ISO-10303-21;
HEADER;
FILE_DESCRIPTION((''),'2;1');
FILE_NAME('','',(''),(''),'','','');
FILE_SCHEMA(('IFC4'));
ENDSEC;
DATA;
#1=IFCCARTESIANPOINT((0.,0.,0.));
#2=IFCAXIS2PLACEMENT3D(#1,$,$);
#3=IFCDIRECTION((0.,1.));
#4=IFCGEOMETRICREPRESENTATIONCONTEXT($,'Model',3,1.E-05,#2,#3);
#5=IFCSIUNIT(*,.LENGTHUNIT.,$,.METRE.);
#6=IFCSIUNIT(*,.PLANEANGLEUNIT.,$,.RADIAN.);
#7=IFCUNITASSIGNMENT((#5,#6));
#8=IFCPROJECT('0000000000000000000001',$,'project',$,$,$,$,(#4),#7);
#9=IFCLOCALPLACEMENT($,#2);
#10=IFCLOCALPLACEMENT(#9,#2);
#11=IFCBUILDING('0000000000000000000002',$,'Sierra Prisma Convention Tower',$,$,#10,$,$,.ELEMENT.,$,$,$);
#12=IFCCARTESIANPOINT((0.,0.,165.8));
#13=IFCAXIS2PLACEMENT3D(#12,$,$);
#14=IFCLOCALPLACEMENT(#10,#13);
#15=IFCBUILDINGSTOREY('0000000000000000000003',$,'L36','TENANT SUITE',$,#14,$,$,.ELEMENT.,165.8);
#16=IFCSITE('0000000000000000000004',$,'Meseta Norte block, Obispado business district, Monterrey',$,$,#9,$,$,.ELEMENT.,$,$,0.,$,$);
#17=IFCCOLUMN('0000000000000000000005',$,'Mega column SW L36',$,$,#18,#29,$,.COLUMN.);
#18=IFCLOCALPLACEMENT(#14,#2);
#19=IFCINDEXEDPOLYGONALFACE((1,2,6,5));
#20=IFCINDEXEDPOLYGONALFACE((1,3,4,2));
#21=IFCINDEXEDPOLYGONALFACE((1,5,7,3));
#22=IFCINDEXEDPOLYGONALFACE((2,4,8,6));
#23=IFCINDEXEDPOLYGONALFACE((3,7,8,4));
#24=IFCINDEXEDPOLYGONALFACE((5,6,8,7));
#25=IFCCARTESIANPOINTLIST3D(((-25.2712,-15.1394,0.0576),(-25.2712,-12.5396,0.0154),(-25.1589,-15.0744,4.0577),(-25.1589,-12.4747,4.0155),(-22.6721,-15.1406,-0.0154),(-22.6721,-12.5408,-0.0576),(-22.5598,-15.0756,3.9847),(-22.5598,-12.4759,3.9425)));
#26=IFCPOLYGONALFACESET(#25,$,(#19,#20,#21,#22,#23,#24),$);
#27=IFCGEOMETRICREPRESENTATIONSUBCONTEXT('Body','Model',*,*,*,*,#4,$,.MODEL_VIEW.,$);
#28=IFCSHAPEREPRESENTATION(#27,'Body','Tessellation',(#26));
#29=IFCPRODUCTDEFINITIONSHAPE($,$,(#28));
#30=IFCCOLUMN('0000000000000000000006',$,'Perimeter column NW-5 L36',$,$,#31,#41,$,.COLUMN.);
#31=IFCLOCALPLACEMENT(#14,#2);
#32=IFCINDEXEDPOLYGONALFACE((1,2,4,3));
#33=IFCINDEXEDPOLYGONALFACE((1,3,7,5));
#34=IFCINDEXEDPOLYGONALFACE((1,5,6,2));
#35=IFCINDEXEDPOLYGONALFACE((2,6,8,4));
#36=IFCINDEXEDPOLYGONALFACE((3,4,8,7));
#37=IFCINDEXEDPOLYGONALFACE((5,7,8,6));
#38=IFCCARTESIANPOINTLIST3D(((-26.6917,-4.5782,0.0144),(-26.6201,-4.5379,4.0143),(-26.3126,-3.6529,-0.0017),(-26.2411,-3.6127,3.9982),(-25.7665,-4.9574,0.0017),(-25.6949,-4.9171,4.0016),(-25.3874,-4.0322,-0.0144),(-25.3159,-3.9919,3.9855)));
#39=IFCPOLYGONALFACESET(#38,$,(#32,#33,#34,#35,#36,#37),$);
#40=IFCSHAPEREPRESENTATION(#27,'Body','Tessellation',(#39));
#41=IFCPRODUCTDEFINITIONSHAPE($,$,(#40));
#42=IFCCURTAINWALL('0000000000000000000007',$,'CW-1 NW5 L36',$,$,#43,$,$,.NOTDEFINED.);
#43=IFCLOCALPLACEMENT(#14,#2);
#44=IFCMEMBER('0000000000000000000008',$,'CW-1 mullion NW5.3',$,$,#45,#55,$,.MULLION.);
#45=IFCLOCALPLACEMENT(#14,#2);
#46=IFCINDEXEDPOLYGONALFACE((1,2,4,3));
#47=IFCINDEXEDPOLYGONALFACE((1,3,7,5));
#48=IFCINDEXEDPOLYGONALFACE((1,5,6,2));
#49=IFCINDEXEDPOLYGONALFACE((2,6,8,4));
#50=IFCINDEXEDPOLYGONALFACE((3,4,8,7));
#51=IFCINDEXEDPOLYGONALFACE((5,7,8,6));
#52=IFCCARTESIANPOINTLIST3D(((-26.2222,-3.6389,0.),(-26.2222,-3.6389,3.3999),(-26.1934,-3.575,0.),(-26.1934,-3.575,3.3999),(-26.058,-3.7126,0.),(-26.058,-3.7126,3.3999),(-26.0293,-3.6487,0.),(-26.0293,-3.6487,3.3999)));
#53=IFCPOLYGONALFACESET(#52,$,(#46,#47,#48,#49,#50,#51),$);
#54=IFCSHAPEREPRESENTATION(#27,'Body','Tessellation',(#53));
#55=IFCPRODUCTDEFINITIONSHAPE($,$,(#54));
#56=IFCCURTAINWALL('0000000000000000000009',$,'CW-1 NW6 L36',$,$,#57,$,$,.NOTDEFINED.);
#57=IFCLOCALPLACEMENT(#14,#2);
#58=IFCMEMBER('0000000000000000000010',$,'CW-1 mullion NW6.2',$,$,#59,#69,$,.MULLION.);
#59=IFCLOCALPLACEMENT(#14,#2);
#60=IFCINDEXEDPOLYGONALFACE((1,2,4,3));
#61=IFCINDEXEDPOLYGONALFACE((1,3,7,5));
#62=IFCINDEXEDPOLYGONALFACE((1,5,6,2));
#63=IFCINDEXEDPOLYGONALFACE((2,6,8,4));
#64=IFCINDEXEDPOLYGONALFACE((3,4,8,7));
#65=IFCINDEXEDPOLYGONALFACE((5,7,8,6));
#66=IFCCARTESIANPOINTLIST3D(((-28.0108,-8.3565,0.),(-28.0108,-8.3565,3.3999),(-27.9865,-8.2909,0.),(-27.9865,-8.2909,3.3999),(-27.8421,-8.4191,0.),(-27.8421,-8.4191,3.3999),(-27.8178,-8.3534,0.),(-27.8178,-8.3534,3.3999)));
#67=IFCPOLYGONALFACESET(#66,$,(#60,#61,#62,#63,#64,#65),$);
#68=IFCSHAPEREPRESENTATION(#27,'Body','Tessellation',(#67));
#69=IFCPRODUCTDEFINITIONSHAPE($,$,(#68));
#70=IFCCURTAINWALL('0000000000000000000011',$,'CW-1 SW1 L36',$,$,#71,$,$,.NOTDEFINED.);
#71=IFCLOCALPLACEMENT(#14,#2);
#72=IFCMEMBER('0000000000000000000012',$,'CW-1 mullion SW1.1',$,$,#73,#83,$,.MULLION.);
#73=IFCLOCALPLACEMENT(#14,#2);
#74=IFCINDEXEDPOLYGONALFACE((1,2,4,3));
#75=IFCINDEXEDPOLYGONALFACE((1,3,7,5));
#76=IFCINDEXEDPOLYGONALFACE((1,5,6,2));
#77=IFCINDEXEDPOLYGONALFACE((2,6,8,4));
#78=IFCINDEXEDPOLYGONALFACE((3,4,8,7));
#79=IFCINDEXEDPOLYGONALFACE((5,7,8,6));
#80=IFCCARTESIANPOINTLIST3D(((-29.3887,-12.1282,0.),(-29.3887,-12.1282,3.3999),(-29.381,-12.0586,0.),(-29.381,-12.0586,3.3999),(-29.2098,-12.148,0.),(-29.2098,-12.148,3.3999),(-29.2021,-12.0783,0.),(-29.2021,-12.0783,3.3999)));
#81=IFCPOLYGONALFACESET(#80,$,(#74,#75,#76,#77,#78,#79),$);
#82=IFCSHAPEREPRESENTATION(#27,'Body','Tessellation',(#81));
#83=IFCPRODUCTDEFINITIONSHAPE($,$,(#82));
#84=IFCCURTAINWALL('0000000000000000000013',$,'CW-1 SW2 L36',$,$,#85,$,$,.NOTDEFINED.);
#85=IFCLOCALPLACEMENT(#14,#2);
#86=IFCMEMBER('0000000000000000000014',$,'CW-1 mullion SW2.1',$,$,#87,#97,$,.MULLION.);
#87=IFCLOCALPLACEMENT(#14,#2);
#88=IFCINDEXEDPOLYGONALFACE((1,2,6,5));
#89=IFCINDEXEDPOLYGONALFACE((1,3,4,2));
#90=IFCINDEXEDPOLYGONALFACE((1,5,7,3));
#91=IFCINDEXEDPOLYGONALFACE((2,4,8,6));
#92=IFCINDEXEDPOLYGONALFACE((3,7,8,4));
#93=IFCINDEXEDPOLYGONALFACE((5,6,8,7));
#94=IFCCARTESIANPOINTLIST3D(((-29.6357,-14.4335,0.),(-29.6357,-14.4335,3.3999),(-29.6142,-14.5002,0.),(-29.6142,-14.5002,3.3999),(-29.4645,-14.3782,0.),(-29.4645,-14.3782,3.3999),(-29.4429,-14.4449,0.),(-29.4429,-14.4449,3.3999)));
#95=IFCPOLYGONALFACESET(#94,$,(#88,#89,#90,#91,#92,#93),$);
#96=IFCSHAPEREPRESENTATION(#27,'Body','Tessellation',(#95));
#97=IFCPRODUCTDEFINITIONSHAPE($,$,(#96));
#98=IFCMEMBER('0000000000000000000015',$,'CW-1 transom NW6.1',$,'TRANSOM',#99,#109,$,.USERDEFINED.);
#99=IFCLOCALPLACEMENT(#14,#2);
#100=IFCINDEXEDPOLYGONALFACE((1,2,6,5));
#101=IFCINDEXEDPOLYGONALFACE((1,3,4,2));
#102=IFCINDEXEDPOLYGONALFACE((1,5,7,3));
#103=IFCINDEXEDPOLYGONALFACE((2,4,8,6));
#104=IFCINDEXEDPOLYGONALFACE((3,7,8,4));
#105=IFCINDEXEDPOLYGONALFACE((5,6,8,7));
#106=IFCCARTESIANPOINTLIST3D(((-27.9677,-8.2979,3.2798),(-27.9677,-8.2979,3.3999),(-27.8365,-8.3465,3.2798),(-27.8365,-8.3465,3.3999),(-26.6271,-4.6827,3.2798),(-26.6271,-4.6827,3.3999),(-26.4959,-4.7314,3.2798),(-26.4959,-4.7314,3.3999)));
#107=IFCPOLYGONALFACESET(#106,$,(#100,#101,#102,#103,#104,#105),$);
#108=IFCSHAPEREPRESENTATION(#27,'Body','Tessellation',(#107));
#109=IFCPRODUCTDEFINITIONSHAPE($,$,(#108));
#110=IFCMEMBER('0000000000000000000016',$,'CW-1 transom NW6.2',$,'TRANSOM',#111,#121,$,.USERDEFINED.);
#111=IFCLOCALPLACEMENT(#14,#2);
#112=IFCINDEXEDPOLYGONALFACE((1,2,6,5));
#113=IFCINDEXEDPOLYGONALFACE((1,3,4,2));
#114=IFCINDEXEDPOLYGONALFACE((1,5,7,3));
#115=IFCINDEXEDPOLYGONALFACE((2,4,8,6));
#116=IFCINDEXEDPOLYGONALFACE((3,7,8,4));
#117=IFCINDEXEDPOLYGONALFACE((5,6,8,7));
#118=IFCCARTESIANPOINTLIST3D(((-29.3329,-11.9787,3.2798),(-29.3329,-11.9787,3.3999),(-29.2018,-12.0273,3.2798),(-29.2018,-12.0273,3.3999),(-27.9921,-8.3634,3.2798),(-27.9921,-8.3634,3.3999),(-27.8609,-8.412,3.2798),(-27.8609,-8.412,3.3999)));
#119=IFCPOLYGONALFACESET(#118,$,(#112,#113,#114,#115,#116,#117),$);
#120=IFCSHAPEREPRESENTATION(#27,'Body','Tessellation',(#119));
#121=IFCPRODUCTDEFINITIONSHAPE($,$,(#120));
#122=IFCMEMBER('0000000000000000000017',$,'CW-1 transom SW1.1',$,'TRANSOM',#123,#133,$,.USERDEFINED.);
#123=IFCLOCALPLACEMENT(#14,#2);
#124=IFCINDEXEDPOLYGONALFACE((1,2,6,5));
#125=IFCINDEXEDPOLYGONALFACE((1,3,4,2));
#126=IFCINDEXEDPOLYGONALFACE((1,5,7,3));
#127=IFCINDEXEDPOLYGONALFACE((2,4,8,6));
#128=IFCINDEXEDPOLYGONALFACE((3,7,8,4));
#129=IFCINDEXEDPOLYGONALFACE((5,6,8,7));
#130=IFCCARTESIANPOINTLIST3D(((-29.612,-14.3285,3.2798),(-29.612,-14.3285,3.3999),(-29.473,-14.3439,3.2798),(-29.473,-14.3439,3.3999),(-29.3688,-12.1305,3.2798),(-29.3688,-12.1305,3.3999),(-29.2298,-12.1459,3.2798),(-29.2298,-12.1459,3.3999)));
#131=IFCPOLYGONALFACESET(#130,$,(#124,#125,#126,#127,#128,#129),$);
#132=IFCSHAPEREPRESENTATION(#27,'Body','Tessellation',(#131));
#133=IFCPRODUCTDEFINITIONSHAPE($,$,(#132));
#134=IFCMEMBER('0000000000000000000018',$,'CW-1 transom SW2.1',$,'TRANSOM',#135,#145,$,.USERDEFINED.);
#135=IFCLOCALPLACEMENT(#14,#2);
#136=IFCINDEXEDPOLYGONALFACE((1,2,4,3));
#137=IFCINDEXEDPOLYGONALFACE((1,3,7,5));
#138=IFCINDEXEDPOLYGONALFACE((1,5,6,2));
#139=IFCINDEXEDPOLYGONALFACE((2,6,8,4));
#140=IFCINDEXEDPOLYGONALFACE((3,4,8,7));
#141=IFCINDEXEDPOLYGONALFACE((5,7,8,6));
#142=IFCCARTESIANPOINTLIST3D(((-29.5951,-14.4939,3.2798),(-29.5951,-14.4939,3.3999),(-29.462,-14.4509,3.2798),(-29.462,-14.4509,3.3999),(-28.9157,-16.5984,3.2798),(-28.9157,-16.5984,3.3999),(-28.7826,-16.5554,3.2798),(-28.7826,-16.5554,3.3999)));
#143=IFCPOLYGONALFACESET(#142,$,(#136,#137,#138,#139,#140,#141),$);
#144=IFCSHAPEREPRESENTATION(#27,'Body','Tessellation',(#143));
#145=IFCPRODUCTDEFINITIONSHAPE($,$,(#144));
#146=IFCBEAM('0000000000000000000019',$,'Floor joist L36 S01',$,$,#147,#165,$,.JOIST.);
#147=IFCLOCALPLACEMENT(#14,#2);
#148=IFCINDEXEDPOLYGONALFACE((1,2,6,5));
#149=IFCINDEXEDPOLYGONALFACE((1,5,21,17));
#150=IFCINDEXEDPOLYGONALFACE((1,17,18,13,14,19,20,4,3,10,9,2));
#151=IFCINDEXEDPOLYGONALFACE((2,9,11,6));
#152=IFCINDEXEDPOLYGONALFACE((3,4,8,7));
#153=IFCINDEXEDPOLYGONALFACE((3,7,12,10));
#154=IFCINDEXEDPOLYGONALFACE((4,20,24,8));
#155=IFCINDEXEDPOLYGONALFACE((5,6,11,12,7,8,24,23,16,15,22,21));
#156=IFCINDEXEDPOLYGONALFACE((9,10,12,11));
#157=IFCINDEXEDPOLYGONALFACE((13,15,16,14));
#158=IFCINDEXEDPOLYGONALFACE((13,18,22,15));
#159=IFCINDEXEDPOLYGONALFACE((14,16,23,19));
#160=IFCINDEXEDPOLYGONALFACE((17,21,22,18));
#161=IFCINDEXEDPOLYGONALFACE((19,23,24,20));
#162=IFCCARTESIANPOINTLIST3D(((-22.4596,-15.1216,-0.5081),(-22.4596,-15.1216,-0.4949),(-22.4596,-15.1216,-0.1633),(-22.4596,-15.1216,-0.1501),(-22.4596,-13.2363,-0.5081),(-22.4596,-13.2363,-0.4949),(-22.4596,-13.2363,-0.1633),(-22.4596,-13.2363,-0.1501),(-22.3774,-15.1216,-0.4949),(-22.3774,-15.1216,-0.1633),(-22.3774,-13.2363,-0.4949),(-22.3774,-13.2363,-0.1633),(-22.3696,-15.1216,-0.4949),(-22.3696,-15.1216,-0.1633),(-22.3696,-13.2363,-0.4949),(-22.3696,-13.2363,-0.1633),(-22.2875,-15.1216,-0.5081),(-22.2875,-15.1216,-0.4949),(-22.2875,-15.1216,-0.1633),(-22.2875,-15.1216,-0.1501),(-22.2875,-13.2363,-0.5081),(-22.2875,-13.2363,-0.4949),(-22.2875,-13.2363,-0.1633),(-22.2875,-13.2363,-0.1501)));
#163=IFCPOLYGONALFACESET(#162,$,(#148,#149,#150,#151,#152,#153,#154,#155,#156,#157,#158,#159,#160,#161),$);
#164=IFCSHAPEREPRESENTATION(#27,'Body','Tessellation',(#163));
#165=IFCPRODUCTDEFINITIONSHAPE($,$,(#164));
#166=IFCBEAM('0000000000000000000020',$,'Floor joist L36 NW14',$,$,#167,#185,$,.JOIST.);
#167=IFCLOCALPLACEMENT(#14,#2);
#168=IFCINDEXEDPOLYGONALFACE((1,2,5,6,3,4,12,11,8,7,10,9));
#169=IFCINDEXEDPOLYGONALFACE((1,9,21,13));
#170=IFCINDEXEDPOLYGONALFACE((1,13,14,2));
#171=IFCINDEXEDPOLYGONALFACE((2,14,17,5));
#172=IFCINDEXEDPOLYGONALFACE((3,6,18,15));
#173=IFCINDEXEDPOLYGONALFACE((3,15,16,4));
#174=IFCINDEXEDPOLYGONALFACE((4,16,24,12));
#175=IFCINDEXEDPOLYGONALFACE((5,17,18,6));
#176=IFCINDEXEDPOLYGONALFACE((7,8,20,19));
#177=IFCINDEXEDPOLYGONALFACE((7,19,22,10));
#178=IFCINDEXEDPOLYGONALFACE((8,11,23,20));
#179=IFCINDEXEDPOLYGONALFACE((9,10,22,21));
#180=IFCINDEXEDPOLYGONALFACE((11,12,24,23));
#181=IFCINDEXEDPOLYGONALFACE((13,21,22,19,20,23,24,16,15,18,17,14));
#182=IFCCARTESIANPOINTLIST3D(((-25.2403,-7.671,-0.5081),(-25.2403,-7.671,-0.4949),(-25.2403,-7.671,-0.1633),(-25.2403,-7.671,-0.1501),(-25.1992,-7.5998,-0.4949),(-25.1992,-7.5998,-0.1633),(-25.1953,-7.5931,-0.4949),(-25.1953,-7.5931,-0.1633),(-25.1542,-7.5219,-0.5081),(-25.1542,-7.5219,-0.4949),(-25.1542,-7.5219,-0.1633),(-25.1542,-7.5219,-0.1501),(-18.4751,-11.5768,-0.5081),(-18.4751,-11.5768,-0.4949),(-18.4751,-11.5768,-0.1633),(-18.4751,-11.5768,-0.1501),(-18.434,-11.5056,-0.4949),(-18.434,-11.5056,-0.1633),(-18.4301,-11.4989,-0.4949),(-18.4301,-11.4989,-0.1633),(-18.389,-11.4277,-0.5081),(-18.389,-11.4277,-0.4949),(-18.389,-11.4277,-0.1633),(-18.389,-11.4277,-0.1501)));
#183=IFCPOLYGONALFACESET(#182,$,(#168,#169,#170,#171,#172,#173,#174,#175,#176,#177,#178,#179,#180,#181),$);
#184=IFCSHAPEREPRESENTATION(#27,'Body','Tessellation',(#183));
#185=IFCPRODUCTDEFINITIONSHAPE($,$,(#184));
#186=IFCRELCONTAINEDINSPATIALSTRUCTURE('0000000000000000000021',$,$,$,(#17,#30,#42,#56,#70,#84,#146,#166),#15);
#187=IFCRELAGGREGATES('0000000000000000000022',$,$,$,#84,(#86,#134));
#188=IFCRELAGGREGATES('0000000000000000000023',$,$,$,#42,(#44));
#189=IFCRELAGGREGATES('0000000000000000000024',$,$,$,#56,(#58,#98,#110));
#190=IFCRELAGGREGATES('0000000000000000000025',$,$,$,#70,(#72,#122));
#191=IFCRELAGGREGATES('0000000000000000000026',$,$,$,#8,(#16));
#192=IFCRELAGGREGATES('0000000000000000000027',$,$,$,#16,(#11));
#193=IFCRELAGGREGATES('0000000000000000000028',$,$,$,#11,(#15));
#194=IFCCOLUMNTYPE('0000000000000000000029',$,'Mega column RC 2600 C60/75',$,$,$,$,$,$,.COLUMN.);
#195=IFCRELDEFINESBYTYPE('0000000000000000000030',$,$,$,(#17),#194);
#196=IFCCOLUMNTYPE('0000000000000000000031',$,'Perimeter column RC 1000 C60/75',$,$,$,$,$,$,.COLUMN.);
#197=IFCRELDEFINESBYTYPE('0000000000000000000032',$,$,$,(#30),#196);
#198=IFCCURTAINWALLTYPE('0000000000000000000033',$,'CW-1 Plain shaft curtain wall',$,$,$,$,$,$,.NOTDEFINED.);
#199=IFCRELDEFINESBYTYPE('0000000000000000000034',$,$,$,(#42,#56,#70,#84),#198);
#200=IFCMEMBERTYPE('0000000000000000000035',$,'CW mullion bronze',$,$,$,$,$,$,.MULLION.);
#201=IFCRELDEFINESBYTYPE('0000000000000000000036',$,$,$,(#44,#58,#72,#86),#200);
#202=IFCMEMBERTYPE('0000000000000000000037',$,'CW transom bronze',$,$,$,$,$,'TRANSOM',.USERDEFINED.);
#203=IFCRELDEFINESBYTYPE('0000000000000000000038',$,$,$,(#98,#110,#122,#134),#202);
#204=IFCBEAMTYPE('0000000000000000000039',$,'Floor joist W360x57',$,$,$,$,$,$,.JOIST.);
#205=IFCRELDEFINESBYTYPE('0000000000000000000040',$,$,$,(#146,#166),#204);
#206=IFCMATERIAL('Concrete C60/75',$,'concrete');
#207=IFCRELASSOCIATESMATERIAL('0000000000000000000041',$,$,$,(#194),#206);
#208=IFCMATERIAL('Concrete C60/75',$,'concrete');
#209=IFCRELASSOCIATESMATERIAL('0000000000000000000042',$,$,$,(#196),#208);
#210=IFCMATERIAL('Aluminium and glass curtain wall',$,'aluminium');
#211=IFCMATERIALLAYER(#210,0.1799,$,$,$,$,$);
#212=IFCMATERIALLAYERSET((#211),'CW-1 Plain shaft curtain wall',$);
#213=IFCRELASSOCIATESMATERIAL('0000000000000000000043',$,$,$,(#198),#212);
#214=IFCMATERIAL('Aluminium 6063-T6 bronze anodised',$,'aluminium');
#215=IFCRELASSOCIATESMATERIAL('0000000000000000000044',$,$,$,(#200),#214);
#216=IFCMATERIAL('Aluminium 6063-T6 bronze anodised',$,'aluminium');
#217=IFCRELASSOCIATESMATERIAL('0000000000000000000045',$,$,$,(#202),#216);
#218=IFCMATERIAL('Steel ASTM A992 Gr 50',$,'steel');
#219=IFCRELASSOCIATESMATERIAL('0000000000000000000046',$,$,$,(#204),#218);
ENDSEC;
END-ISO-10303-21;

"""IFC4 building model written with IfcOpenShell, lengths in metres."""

from ifc_helpers import new_model, si_unit, direction, frame, origin, origin_2d, place, context, subcontext, project, spatial, rectangle, i_section, extrude, material, layer, layer_set, material_profile, profile_set, type_object, element, aggregate, save


model = new_model("IFC4")

# Units and contexts
model_context = context("Model", 3, precision=1e-05, world=origin(), true_north=direction((0.0, 1.0)))
body_context = subcontext(model_context, "Body", "Model", "MODEL_VIEW")
ifc_project = project(units=[si_unit("LENGTHUNIT", "METRE"), si_unit("PLANEANGLEUNIT", "RADIAN")], contexts=[model_context])

# Site, building, storey
site_placement = place(None, origin())
site = spatial("IfcSite", under=ifc_project, at=site_placement, Name="Meseta Norte block, Obispado business district, Monterrey", CompositionType="ELEMENT", RefElevation=0.0)
building_placement = place(site_placement, origin())
building = spatial("IfcBuilding", under=site, at=building_placement, Name="Sierra Prisma Convention Tower", CompositionType="ELEMENT")
storey_placement = place(building_placement, frame((0.0, 0.0, 165.8)))
storey = spatial("IfcBuildingStorey", under=building, at=storey_placement, Name="L36", Description="TENANT SUITE", CompositionType="ELEMENT", Elevation=165.8)

# Columns
ifc_material_1 = material(Name="Concrete C60/75", Category="concrete")
ifc_material_profile_1 = material_profile(ifc_material_1, rectangle(XDim=2.6001, YDim=2.6001, at=origin_2d()), Name="Mega column RC 2600 C60/75")
ifc_profile_set_1 = profile_set([ifc_material_profile_1], Name="Concrete C60/75")
column_type_1 = type_object("IfcColumnType", Name="Mega column RC 2600 C60/75", PredefinedType="COLUMN", material=ifc_profile_set_1)
column_1_placement = place(storey_placement, frame((-23.9717, -13.8401, 0.0), z_axis=(0.028061, 0.016227, 0.999474), x_axis=(0.999606, -0.000456, -0.028058)))
element("IfcColumn", 1, at=column_1_placement, inside=storey, type_object=column_type_1, Name="Mega column SW L36", PredefinedType="COLUMN", context=body_context, shape_type="SweptSolid", body=[
    extrude(rectangle(XDim=2.6001, YDim=2.6001, at=origin_2d()), origin(), (0.0, 0.0, 1.0), 4.0022),
])
ifc_material_2 = material(Name="Concrete C60/75", Category="concrete")
ifc_material_profile_2 = material_profile(ifc_material_2, rectangle(XDim=1.0, YDim=1.0, at=origin_2d()), Name="Perimeter column RC 1000 C60/75")
ifc_profile_set_2 = profile_set([ifc_material_profile_2], Name="Concrete C60/75")
column_type_2 = type_object("IfcColumnType", Name="Perimeter column RC 1000 C60/75", PredefinedType="COLUMN", material=ifc_profile_set_2)
column_2_placement = place(storey_placement, frame((-26.0396, -4.3052, 0.0), z_axis=(0.01788, 0.010069, 0.999789), x_axis=(0.379037, 0.925241, -0.016096)))
element("IfcColumn", 2, at=column_2_placement, inside=storey, type_object=column_type_2, Name="Perimeter column NW-5 L36", PredefinedType="COLUMN", context=body_context, shape_type="SweptSolid", body=[
    extrude(rectangle(XDim=1.0, YDim=1.0, at=origin_2d()), origin(), (0.0, 0.0, 1.0), 4.0007),
])

# Curtain walls, members
ifc_material_3 = material(Name="Aluminium and glass curtain wall", Category="aluminium")
ifc_layer_1 = layer(ifc_material_3, 0.1799)
ifc_layer_set_1 = layer_set([ifc_layer_1], Name="CW-1 Plain shaft curtain wall")
curtain_wall_type = type_object("IfcCurtainWallType", Name="CW-1 Plain shaft curtain wall", PredefinedType="NOTDEFINED", material=ifc_layer_set_1)
curtain_wall_1_placement = place(storey_placement, origin())
curtain_wall_1 = element("IfcCurtainWall", 3, at=curtain_wall_1_placement, inside=storey, type_object=curtain_wall_type, Name="CW-1 NW5 L36", PredefinedType="NOTDEFINED")
ifc_material_4 = material(Name="Aluminium 6063-T6 bronze anodised", Category="aluminium")
ifc_material_profile_3 = material_profile(ifc_material_4, rectangle(XDim=0.1799, YDim=0.0701, at=origin_2d()), Name="ALU MULLION 70x180")
ifc_profile_set_3 = profile_set([ifc_material_profile_3], Name="Aluminium 6063-T6 bronze anodised")
member_type_1 = type_object("IfcMemberType", Name="CW mullion bronze", PredefinedType="MULLION", material=ifc_profile_set_3)
member_1_placement = place(storey_placement, frame((-26.1257, -3.6438, 0.0), z_axis=(0.0, 0.0, 1.0), x_axis=(0.91206, -0.410056, 0.0)))
member_1 = element("IfcMember", 4, at=member_1_placement, type_object=member_type_1, Name="CW-1 mullion NW5.3", PredefinedType="MULLION", context=body_context, shape_type="SweptSolid", body=[
    extrude(rectangle(XDim=0.1799, YDim=0.0701, at=origin_2d()), origin(), (0.0, 0.0, 1.0), 3.3999),
])
curtain_wall_2_placement = place(storey_placement, origin())
curtain_wall_2 = element("IfcCurtainWall", 5, at=curtain_wall_2_placement, inside=storey, type_object=curtain_wall_type, Name="CW-1 NW6 L36", PredefinedType="NOTDEFINED")
member_2_placement = place(storey_placement, frame((-27.9143, -8.355, 0.0), z_axis=(0.0, 0.0, 1.0), x_axis=(0.937603, -0.347709, 0.0)))
member_2 = element("IfcMember", 6, at=member_2_placement, type_object=member_type_1, Name="CW-1 mullion NW6.2", PredefinedType="MULLION", context=body_context, shape_type="SweptSolid", body=[
    extrude(rectangle(XDim=0.1799, YDim=0.0701, at=origin_2d()), origin(), (0.0, 0.0, 1.0), 3.3999),
])
curtain_wall_3_placement = place(storey_placement, origin())
curtain_wall_3 = element("IfcCurtainWall", 7, at=curtain_wall_3_placement, inside=storey, type_object=curtain_wall_type, Name="CW-1 SW1 L36", PredefinedType="NOTDEFINED")
member_3_placement = place(storey_placement, frame((-29.2954, -12.1033, 0.0), z_axis=(0.0, 0.0, 1.0), x_axis=(0.993937, -0.109951, 0.0)))
member_3 = element("IfcMember", 8, at=member_3_placement, type_object=member_type_1, Name="CW-1 mullion SW1.1", PredefinedType="MULLION", context=body_context, shape_type="SweptSolid", body=[
    extrude(rectangle(XDim=0.1799, YDim=0.0701, at=origin_2d()), origin(), (0.0, 0.0, 1.0), 3.3999),
])
curtain_wall_4_placement = place(storey_placement, origin())
curtain_wall_4 = element("IfcCurtainWall", 9, at=curtain_wall_4_placement, inside=storey, type_object=curtain_wall_type, Name="CW-1 SW2 L36", PredefinedType="NOTDEFINED")
member_4_placement = place(storey_placement, frame((-29.5393, -14.4392, 0.0), z_axis=(0.0, 0.0, 1.0), x_axis=(0.951617, 0.307287, 0.0)))
member_4 = element("IfcMember", 10, at=member_4_placement, type_object=member_type_1, Name="CW-1 mullion SW2.1", PredefinedType="MULLION", context=body_context, shape_type="SweptSolid", body=[
    extrude(rectangle(XDim=0.1799, YDim=0.0701, at=origin_2d()), origin(), (0.0, 0.0, 1.0), 3.3999),
])

# Members
ifc_material_5 = material(Name="Aluminium 6063-T6 bronze anodised", Category="aluminium")
ifc_material_profile_4 = material_profile(ifc_material_5, rectangle(XDim=0.1399, YDim=0.1201, at=origin_2d()), Name="ALU TRANSOM 120x140")
ifc_profile_set_4 = profile_set([ifc_material_profile_4], Name="Aluminium 6063-T6 bronze anodised")
member_type_2 = type_object("IfcMemberType", Name="CW transom bronze", ElementType="TRANSOM", PredefinedType="USERDEFINED", material=ifc_profile_set_4)
member_5_placement = place(storey_placement, frame((-26.5615, -4.707, 3.3398), z_axis=(-0.347679, -0.937613, 0.0), x_axis=(0.937613, -0.347679, 0.0)))
member_5 = element("IfcMember", 11, at=member_5_placement, type_object=member_type_2, Name="CW-1 transom NW6.1", ObjectType="TRANSOM", PredefinedType="USERDEFINED", context=body_context, shape_type="SweptSolid", body=[
    extrude(rectangle(XDim=0.1399, YDim=0.1201, at=origin_2d()), origin(), (0.0, 0.0, 1.0), 3.8557),
])
member_6_placement = place(storey_placement, frame((-27.9265, -8.3877, 3.3398), z_axis=(-0.347735, -0.937593, 0.0), x_axis=(0.937593, -0.347735, 0.0)))
member_6 = element("IfcMember", 12, at=member_6_placement, type_object=member_type_2, Name="CW-1 transom NW6.2", ObjectType="TRANSOM", PredefinedType="USERDEFINED", context=body_context, shape_type="SweptSolid", body=[
    extrude(rectangle(XDim=0.1399, YDim=0.1201, at=origin_2d()), origin(), (0.0, 0.0, 1.0), 3.856),
])
member_7_placement = place(storey_placement, frame((-29.2993, -12.1382, 3.3398), z_axis=(-0.109959, -0.993936, 0.0), x_axis=(0.993936, -0.109959, 0.0)))
member_7 = element("IfcMember", 13, at=member_7_placement, type_object=member_type_2, Name="CW-1 transom SW1.1", ObjectType="TRANSOM", PredefinedType="USERDEFINED", context=body_context, shape_type="SweptSolid", body=[
    extrude(rectangle(XDim=0.1399, YDim=0.1201, at=origin_2d()), origin(), (0.0, 0.0, 1.0), 2.2114),
])
member_8_placement = place(storey_placement, frame((-29.5286, -14.4724, 3.3398), z_axis=(0.307238, -0.951633, 0.0), x_axis=(0.951633, 0.307238, 0.0)))
member_8 = element("IfcMember", 14, at=member_8_placement, type_object=member_type_2, Name="CW-1 transom SW2.1", ObjectType="TRANSOM", PredefinedType="USERDEFINED", context=body_context, shape_type="SweptSolid", body=[
    extrude(rectangle(XDim=0.1399, YDim=0.1201, at=origin_2d()), origin(), (0.0, 0.0, 1.0), 2.2114),
])
aggregate(curtain_wall_4, [member_4, member_8])

# Beams
ifc_material_6 = material(Name="Steel ASTM A992 Gr 50", Category="steel")
ifc_material_profile_5 = material_profile(ifc_material_6, i_section(OverallWidth=0.1721, OverallDepth=0.3579, WebThickness=0.0078, FlangeThickness=0.0132, at=origin_2d()), Name="W360x57")
ifc_profile_set_5 = profile_set([ifc_material_profile_5], Name="Steel ASTM A992 Gr 50")
beam_type_1 = type_object("IfcBeamType", Name="Floor joist W360x57", PredefinedType="JOIST", material=ifc_profile_set_5)
beam_1_placement = place(storey_placement, frame((-22.3735, -15.1216, -0.3291), z_axis=(0.0, 1.0, 0.0), x_axis=(-1.0, 0.0, 0.0)))
element("IfcBeam", 15, at=beam_1_placement, inside=storey, type_object=beam_type_1, Name="Floor joist L36 S01", PredefinedType="JOIST", context=body_context, shape_type="SweptSolid", body=[
    extrude(i_section(OverallWidth=0.1721, OverallDepth=0.3579, WebThickness=0.0078, FlangeThickness=0.0132, at=origin_2d()), origin(), (0.0, 0.0, 1.0), 1.8853),
])
beam_2_placement = place(storey_placement, frame((-25.1973, -7.5964, -0.3291), z_axis=(0.86603, -0.499991, 0.0), x_axis=(0.499991, 0.86603, 0.0)))
element("IfcBeam", 16, at=beam_2_placement, inside=storey, type_object=beam_type_1, Name="Floor joist L36 NW14", PredefinedType="JOIST", context=body_context, shape_type="SweptSolid", body=[
    extrude(i_section(OverallWidth=0.1721, OverallDepth=0.3579, WebThickness=0.0078, FlangeThickness=0.0132, at=origin_2d()), origin(), (0.0, 0.0, 1.0), 7.8118),
])

aggregate(curtain_wall_1, [member_1])
aggregate(curtain_wall_2, [member_2, member_5, member_6])
aggregate(curtain_wall_3, [member_3, member_7])

save(model, "model.ifc")
